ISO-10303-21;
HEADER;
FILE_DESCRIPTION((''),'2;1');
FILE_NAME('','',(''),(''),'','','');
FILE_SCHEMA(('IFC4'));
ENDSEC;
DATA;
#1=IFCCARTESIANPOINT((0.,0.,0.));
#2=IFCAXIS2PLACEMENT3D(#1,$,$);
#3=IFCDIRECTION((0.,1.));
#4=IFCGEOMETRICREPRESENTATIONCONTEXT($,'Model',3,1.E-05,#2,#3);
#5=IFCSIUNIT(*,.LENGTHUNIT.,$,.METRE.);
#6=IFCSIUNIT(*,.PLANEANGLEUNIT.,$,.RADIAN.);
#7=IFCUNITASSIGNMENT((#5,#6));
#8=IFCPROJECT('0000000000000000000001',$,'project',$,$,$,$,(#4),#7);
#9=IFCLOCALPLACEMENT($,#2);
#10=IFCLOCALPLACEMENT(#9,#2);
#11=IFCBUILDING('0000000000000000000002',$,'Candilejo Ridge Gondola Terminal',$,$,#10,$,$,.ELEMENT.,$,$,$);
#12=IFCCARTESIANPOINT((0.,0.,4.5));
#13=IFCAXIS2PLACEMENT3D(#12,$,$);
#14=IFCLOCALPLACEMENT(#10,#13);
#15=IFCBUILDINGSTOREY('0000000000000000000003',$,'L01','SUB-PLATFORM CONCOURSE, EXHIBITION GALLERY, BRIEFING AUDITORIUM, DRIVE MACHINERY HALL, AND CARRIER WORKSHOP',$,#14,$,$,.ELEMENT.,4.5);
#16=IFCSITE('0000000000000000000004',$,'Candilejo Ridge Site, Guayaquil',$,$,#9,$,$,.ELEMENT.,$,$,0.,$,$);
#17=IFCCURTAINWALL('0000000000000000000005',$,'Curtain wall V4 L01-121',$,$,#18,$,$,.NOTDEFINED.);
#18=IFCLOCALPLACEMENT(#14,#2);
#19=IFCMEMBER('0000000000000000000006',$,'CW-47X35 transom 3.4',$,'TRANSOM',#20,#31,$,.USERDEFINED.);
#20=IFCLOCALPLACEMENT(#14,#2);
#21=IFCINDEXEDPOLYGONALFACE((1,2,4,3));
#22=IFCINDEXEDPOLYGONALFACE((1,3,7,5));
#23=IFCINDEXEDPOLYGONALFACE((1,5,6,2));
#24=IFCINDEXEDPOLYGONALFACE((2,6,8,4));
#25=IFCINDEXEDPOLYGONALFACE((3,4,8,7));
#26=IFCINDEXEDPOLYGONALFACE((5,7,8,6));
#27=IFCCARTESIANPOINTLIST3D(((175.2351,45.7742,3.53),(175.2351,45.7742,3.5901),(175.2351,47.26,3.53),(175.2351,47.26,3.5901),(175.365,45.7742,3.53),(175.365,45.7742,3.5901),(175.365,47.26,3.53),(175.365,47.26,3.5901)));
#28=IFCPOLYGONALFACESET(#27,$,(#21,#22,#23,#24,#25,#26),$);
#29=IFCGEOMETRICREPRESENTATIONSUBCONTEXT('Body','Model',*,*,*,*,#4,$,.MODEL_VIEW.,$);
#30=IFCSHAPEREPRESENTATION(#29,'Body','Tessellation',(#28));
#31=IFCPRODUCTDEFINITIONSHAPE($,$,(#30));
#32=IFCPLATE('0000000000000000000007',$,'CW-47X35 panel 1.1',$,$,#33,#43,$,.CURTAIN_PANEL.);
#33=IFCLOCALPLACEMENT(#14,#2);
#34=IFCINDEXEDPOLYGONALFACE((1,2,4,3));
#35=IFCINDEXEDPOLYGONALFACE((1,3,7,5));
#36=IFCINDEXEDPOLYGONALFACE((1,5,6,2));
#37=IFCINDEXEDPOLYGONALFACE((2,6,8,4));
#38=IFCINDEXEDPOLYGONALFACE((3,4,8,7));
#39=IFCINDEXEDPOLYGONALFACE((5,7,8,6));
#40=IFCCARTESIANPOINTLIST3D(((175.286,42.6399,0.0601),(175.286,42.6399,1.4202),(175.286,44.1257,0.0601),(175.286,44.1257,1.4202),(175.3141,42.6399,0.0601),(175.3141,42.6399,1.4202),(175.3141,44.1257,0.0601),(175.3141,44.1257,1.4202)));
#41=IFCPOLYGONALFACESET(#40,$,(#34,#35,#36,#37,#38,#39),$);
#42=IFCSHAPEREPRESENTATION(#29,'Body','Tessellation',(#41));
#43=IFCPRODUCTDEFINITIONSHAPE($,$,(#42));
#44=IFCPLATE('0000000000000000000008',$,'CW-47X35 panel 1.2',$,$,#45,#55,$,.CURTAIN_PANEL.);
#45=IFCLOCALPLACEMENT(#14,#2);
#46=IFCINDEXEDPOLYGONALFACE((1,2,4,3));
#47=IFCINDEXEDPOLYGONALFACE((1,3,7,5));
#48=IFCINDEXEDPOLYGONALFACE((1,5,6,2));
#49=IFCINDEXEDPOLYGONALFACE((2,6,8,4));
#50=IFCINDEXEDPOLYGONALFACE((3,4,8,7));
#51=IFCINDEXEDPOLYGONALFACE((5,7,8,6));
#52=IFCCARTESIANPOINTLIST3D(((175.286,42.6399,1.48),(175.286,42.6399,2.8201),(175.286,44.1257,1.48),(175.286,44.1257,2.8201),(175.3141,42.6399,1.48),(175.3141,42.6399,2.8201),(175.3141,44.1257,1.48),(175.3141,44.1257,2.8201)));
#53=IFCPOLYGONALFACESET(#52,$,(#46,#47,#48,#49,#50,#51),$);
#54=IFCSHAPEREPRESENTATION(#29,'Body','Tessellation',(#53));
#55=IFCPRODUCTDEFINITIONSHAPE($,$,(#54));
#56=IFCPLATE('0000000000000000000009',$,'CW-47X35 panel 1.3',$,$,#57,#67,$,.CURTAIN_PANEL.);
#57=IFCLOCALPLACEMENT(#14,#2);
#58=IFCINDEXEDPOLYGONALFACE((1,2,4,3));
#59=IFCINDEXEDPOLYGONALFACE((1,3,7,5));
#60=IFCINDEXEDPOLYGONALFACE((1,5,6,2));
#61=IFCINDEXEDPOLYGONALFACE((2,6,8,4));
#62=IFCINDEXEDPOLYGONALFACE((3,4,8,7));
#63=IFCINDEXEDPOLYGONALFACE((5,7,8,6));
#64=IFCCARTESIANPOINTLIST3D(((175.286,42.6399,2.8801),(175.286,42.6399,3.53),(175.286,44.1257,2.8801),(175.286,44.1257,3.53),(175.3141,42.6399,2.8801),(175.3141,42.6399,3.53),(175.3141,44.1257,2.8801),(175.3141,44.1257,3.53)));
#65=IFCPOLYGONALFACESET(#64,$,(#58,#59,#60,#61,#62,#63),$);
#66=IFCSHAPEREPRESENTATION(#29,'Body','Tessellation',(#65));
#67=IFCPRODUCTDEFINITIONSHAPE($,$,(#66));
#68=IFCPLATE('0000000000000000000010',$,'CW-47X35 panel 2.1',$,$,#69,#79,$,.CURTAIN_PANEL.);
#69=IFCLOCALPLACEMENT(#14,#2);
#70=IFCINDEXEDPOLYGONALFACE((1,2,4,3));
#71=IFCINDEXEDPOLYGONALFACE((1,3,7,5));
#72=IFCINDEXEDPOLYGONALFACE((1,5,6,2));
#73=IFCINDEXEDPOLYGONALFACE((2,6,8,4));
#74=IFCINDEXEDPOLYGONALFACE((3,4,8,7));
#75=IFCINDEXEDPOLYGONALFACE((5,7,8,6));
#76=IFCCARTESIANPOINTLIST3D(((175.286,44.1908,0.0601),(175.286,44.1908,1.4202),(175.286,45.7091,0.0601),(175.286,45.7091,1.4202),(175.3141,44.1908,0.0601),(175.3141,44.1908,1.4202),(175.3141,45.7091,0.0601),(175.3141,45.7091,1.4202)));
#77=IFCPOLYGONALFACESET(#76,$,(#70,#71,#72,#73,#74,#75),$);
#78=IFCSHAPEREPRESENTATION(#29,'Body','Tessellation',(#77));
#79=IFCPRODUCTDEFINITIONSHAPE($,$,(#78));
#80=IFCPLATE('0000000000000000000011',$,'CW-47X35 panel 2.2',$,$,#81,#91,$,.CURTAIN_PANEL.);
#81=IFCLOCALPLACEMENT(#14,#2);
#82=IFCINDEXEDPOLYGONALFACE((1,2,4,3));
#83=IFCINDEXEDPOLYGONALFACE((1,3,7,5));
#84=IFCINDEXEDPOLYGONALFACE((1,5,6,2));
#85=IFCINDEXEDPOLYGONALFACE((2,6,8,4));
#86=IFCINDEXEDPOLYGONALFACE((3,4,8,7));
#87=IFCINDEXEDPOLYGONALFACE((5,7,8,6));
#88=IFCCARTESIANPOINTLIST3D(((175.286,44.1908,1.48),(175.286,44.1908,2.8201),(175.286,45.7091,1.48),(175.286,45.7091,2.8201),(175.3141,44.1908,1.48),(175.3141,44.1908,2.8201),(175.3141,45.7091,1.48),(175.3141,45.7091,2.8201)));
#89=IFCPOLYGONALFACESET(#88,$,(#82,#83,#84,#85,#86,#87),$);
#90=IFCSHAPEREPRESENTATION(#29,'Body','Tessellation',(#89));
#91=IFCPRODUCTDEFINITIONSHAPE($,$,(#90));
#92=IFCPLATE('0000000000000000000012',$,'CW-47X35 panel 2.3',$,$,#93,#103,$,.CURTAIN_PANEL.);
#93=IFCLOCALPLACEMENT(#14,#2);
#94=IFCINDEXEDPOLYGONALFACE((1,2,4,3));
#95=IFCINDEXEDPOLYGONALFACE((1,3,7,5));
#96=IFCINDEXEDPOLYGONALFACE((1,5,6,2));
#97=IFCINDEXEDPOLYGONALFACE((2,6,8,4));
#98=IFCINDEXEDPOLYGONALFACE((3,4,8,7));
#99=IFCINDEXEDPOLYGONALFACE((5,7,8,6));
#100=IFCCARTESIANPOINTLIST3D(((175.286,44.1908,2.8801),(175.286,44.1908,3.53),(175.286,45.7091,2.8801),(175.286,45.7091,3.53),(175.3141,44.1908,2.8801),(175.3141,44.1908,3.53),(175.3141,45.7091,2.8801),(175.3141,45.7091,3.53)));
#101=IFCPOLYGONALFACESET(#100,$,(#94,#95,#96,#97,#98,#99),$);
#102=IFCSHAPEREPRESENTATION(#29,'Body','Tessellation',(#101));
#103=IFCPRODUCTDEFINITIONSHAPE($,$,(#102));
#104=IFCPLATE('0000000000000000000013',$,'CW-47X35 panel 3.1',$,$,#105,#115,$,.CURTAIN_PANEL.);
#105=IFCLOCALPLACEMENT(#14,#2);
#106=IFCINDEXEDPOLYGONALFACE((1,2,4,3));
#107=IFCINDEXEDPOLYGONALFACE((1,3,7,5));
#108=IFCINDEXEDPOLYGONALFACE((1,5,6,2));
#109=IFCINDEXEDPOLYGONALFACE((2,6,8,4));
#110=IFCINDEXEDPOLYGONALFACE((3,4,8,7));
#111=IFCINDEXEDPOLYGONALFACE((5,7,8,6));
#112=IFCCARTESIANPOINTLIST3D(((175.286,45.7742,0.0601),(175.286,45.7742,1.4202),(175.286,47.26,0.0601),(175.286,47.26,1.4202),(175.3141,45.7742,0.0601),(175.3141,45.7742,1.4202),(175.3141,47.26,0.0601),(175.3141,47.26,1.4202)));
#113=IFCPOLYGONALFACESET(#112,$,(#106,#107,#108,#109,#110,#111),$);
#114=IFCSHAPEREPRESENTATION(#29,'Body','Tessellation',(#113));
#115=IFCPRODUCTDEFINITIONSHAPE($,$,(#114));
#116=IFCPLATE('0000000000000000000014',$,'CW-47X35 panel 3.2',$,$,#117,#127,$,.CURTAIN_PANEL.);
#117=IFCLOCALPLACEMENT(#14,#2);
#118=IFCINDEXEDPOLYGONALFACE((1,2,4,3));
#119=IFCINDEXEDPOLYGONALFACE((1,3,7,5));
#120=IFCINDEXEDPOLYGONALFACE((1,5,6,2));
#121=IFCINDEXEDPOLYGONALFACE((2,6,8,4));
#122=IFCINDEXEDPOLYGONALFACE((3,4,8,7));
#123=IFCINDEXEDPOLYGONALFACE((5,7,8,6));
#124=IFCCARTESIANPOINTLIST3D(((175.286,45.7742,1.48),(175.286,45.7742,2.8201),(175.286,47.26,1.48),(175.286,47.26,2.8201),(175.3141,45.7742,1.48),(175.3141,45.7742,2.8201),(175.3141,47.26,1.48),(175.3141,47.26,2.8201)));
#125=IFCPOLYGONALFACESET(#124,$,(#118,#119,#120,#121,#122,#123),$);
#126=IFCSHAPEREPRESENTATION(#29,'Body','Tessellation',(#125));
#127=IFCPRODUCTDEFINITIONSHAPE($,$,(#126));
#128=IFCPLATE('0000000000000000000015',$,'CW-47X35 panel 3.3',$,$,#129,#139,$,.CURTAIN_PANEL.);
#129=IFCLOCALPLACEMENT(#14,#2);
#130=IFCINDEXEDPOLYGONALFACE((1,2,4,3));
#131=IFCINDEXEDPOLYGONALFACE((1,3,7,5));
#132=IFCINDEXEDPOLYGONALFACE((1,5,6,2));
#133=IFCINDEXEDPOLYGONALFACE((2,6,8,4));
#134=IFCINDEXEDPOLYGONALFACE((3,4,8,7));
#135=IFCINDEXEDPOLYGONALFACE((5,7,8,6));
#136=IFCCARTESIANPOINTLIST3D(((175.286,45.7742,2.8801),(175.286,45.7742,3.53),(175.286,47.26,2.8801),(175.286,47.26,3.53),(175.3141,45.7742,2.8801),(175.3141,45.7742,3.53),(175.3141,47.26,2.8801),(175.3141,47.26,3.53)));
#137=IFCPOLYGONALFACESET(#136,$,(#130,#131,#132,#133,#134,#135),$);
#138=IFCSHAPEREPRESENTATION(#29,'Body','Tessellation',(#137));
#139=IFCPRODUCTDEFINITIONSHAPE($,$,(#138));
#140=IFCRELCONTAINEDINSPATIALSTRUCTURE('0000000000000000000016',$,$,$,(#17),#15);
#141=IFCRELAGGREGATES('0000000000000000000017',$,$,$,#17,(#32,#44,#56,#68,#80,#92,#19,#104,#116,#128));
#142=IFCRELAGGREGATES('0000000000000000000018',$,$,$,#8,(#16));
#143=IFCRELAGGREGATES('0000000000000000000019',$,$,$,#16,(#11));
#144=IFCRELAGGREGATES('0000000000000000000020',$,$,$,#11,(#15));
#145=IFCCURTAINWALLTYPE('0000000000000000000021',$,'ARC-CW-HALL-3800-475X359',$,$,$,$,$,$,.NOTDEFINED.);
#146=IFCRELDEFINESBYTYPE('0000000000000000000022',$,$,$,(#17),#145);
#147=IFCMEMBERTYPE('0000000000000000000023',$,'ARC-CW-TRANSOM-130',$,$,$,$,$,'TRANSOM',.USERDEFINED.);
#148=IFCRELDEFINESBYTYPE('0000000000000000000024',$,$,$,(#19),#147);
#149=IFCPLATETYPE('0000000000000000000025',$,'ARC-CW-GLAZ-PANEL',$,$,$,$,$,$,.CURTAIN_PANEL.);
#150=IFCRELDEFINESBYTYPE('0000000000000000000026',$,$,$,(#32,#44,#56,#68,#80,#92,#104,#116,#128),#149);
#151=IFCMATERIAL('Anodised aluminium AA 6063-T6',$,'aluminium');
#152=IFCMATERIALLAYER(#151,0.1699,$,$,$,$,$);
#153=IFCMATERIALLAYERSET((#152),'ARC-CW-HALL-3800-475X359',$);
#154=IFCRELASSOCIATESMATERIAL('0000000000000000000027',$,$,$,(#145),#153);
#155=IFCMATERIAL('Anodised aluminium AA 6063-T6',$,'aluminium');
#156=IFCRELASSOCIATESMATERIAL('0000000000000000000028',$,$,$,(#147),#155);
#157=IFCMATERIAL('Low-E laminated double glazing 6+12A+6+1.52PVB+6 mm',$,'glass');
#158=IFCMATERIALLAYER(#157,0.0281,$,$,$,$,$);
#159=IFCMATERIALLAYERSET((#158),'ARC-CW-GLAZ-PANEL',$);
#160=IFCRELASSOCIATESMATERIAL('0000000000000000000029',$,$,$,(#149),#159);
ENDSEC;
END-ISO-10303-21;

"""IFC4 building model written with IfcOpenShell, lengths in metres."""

from ifc_helpers import new_model, si_unit, direction, frame, origin, origin_2d, place, context, subcontext, project, spatial, rectangle, extrude, material, layer, layer_set, material_profile, profile_set, type_object, element, aggregate, save


model = new_model("IFC4")

# Units and contexts
model_context = context("Model", 3, precision=1e-05, world=origin(), true_north=direction((0.0, 1.0)))
body_context = subcontext(model_context, "Body", "Model", "MODEL_VIEW")
ifc_project = project(units=[si_unit("LENGTHUNIT", "METRE"), si_unit("PLANEANGLEUNIT", "RADIAN")], contexts=[model_context])

# Site, building, storey
site_placement = place(None, origin())
site = spatial("IfcSite", under=ifc_project, at=site_placement, Name="Candilejo Ridge Site, Guayaquil", CompositionType="ELEMENT", RefElevation=0.0)
building_placement = place(site_placement, origin())
building = spatial("IfcBuilding", under=site, at=building_placement, Name="Candilejo Ridge Gondola Terminal", CompositionType="ELEMENT")
storey_placement = place(building_placement, frame((0.0, 0.0, 4.5)))
storey = spatial("IfcBuildingStorey", under=building, at=storey_placement, Name="L01", Description="SUB-PLATFORM CONCOURSE, EXHIBITION GALLERY, BRIEFING AUDITORIUM, DRIVE MACHINERY HALL, AND CARRIER WORKSHOP", CompositionType="ELEMENT", Elevation=4.5)

# Curtain wall, member, plates
ifc_material_1 = material(Name="Anodised aluminium AA 6063-T6", Category="aluminium")
ifc_layer_1 = layer(ifc_material_1, 0.1699)
ifc_layer_set_1 = layer_set([ifc_layer_1], Name="ARC-CW-HALL-3800-475X359")
curtain_wall_type = type_object("IfcCurtainWallType", Name="ARC-CW-HALL-3800-475X359", PredefinedType="NOTDEFINED", material=ifc_layer_set_1)
curtain_wall_placement = place(storey_placement, origin())
curtain_wall = element("IfcCurtainWall", 1, at=curtain_wall_placement, inside=storey, type_object=curtain_wall_type, Name="Curtain wall V4 L01-121", PredefinedType="NOTDEFINED")
ifc_material_2 = material(Name="Anodised aluminium AA 6063-T6", Category="aluminium")
ifc_material_profile_1 = material_profile(ifc_material_2, rectangle(XDim=0.1299, YDim=0.0601, at=origin_2d()))
ifc_profile_set_1 = profile_set([ifc_material_profile_1], Name="Anodised aluminium AA 6063-T6")
member_type_1 = type_object("IfcMemberType", Name="ARC-CW-TRANSOM-130", ElementType="TRANSOM", PredefinedType="USERDEFINED", material=ifc_profile_set_1)
member_1_placement = place(storey_placement, frame((175.3, 45.7742, 3.5601), z_axis=(0.0, 1.0, 0.0), x_axis=(-1.0, 0.0, 0.0)))
member_1 = element("IfcMember", 2, at=member_1_placement, type_object=member_type_1, Name="CW-47X35 transom 3.4", ObjectType="TRANSOM", PredefinedType="USERDEFINED", context=body_context, shape_type="SweptSolid", body=[
    extrude(rectangle(XDim=0.1299, YDim=0.0601, at=origin_2d()), origin(), (0.0, 0.0, 1.0), 1.4858),
])
ifc_material_3 = material(Name="Low-E laminated double glazing 6+12A+6+1.52PVB+6 mm", Category="glass")
ifc_layer_2 = layer(ifc_material_3, 0.0281)
ifc_layer_set_2 = layer_set([ifc_layer_2], Name="ARC-CW-GLAZ-PANEL")
plate_type = type_object("IfcPlateType", Name="ARC-CW-GLAZ-PANEL", PredefinedType="CURTAIN_PANEL", material=ifc_layer_set_2)
plate_1_placement = place(storey_placement, frame((175.3, 43.3828, 0.0601), z_axis=(0.0, 0.0, 1.0), x_axis=(0.0, 1.0, 0.0)))
plate_1 = element("IfcPlate", 3, at=plate_1_placement, type_object=plate_type, Name="CW-47X35 panel 1.1", PredefinedType="CURTAIN_PANEL", context=body_context, shape_type="SweptSolid", body=[
    extrude(rectangle(XDim=1.4858, YDim=0.0281, at=origin_2d()), origin(), (0.0, 0.0, 1.0), 1.3601),
])
plate_2_placement = place(storey_placement, frame((175.3, 43.3828, 1.48), z_axis=(0.0, 0.0, 1.0), x_axis=(0.0, 1.0, 0.0)))
plate_2 = element("IfcPlate", 4, at=plate_2_placement, type_object=plate_type, Name="CW-47X35 panel 1.2", PredefinedType="CURTAIN_PANEL", context=body_context, shape_type="SweptSolid", body=[
    extrude(rectangle(XDim=1.4858, YDim=0.0281, at=origin_2d()), origin(), (0.0, 0.0, 1.0), 1.3401),
])
plate_3_placement = place(storey_placement, frame((175.3, 43.3828, 2.8801), z_axis=(0.0, 0.0, 1.0), x_axis=(0.0, 1.0, 0.0)))
plate_3 = element("IfcPlate", 5, at=plate_3_placement, type_object=plate_type, Name="CW-47X35 panel 1.3", PredefinedType="CURTAIN_PANEL", context=body_context, shape_type="SweptSolid", body=[
    extrude(rectangle(XDim=1.4858, YDim=0.0281, at=origin_2d()), origin(), (0.0, 0.0, 1.0), 0.6499),
])
plate_4_placement = place(storey_placement, frame((175.3, 44.95, 0.0601), z_axis=(0.0, 0.0, 1.0), x_axis=(0.0, 1.0, 0.0)))
plate_4 = element("IfcPlate", 6, at=plate_4_placement, type_object=plate_type, Name="CW-47X35 panel 2.1", PredefinedType="CURTAIN_PANEL", context=body_context, shape_type="SweptSolid", body=[
    extrude(rectangle(XDim=1.5183, YDim=0.0281, at=origin_2d()), origin(), (0.0, 0.0, 1.0), 1.3601),
])
plate_5_placement = place(storey_placement, frame((175.3, 44.95, 1.48), z_axis=(0.0, 0.0, 1.0), x_axis=(0.0, 1.0, 0.0)))
plate_5 = element("IfcPlate", 7, at=plate_5_placement, type_object=plate_type, Name="CW-47X35 panel 2.2", PredefinedType="CURTAIN_PANEL", context=body_context, shape_type="SweptSolid", body=[
    extrude(rectangle(XDim=1.5183, YDim=0.0281, at=origin_2d()), origin(), (0.0, 0.0, 1.0), 1.3401),
])
plate_6_placement = place(storey_placement, frame((175.3, 44.95, 2.8801), z_axis=(0.0, 0.0, 1.0), x_axis=(0.0, 1.0, 0.0)))
plate_6 = element("IfcPlate", 8, at=plate_6_placement, type_object=plate_type, Name="CW-47X35 panel 2.3", PredefinedType="CURTAIN_PANEL", context=body_context, shape_type="SweptSolid", body=[
    extrude(rectangle(XDim=1.5183, YDim=0.0281, at=origin_2d()), origin(), (0.0, 0.0, 1.0), 0.6499),
])
plate_7_placement = place(storey_placement, frame((175.3, 46.5171, 0.0601), z_axis=(0.0, 0.0, 1.0), x_axis=(0.0, 1.0, 0.0)))
plate_7 = element("IfcPlate", 9, at=plate_7_placement, type_object=plate_type, Name="CW-47X35 panel 3.1", PredefinedType="CURTAIN_PANEL", context=body_context, shape_type="SweptSolid", body=[
    extrude(rectangle(XDim=1.4858, YDim=0.0281, at=origin_2d()), origin(), (0.0, 0.0, 1.0), 1.3601),
])
plate_8_placement = place(storey_placement, frame((175.3, 46.5171, 1.48), z_axis=(0.0, 0.0, 1.0), x_axis=(0.0, 1.0, 0.0)))
plate_8 = element("IfcPlate", 10, at=plate_8_placement, type_object=plate_type, Name="CW-47X35 panel 3.2", PredefinedType="CURTAIN_PANEL", context=body_context, shape_type="SweptSolid", body=[
    extrude(rectangle(XDim=1.4858, YDim=0.0281, at=origin_2d()), origin(), (0.0, 0.0, 1.0), 1.3401),
])
plate_9_placement = place(storey_placement, frame((175.3, 46.5171, 2.8801), z_axis=(0.0, 0.0, 1.0), x_axis=(0.0, 1.0, 0.0)))
plate_9 = element("IfcPlate", 11, at=plate_9_placement, type_object=plate_type, Name="CW-47X35 panel 3.3", PredefinedType="CURTAIN_PANEL", context=body_context, shape_type="SweptSolid", body=[
    extrude(rectangle(XDim=1.4858, YDim=0.0281, at=origin_2d()), origin(), (0.0, 0.0, 1.0), 0.6499),
])
aggregate(curtain_wall, [plate_1, plate_2, plate_3, plate_4, plate_5, plate_6, member_1, plate_7, plate_8, plate_9])

save(model, "model.ifc")
